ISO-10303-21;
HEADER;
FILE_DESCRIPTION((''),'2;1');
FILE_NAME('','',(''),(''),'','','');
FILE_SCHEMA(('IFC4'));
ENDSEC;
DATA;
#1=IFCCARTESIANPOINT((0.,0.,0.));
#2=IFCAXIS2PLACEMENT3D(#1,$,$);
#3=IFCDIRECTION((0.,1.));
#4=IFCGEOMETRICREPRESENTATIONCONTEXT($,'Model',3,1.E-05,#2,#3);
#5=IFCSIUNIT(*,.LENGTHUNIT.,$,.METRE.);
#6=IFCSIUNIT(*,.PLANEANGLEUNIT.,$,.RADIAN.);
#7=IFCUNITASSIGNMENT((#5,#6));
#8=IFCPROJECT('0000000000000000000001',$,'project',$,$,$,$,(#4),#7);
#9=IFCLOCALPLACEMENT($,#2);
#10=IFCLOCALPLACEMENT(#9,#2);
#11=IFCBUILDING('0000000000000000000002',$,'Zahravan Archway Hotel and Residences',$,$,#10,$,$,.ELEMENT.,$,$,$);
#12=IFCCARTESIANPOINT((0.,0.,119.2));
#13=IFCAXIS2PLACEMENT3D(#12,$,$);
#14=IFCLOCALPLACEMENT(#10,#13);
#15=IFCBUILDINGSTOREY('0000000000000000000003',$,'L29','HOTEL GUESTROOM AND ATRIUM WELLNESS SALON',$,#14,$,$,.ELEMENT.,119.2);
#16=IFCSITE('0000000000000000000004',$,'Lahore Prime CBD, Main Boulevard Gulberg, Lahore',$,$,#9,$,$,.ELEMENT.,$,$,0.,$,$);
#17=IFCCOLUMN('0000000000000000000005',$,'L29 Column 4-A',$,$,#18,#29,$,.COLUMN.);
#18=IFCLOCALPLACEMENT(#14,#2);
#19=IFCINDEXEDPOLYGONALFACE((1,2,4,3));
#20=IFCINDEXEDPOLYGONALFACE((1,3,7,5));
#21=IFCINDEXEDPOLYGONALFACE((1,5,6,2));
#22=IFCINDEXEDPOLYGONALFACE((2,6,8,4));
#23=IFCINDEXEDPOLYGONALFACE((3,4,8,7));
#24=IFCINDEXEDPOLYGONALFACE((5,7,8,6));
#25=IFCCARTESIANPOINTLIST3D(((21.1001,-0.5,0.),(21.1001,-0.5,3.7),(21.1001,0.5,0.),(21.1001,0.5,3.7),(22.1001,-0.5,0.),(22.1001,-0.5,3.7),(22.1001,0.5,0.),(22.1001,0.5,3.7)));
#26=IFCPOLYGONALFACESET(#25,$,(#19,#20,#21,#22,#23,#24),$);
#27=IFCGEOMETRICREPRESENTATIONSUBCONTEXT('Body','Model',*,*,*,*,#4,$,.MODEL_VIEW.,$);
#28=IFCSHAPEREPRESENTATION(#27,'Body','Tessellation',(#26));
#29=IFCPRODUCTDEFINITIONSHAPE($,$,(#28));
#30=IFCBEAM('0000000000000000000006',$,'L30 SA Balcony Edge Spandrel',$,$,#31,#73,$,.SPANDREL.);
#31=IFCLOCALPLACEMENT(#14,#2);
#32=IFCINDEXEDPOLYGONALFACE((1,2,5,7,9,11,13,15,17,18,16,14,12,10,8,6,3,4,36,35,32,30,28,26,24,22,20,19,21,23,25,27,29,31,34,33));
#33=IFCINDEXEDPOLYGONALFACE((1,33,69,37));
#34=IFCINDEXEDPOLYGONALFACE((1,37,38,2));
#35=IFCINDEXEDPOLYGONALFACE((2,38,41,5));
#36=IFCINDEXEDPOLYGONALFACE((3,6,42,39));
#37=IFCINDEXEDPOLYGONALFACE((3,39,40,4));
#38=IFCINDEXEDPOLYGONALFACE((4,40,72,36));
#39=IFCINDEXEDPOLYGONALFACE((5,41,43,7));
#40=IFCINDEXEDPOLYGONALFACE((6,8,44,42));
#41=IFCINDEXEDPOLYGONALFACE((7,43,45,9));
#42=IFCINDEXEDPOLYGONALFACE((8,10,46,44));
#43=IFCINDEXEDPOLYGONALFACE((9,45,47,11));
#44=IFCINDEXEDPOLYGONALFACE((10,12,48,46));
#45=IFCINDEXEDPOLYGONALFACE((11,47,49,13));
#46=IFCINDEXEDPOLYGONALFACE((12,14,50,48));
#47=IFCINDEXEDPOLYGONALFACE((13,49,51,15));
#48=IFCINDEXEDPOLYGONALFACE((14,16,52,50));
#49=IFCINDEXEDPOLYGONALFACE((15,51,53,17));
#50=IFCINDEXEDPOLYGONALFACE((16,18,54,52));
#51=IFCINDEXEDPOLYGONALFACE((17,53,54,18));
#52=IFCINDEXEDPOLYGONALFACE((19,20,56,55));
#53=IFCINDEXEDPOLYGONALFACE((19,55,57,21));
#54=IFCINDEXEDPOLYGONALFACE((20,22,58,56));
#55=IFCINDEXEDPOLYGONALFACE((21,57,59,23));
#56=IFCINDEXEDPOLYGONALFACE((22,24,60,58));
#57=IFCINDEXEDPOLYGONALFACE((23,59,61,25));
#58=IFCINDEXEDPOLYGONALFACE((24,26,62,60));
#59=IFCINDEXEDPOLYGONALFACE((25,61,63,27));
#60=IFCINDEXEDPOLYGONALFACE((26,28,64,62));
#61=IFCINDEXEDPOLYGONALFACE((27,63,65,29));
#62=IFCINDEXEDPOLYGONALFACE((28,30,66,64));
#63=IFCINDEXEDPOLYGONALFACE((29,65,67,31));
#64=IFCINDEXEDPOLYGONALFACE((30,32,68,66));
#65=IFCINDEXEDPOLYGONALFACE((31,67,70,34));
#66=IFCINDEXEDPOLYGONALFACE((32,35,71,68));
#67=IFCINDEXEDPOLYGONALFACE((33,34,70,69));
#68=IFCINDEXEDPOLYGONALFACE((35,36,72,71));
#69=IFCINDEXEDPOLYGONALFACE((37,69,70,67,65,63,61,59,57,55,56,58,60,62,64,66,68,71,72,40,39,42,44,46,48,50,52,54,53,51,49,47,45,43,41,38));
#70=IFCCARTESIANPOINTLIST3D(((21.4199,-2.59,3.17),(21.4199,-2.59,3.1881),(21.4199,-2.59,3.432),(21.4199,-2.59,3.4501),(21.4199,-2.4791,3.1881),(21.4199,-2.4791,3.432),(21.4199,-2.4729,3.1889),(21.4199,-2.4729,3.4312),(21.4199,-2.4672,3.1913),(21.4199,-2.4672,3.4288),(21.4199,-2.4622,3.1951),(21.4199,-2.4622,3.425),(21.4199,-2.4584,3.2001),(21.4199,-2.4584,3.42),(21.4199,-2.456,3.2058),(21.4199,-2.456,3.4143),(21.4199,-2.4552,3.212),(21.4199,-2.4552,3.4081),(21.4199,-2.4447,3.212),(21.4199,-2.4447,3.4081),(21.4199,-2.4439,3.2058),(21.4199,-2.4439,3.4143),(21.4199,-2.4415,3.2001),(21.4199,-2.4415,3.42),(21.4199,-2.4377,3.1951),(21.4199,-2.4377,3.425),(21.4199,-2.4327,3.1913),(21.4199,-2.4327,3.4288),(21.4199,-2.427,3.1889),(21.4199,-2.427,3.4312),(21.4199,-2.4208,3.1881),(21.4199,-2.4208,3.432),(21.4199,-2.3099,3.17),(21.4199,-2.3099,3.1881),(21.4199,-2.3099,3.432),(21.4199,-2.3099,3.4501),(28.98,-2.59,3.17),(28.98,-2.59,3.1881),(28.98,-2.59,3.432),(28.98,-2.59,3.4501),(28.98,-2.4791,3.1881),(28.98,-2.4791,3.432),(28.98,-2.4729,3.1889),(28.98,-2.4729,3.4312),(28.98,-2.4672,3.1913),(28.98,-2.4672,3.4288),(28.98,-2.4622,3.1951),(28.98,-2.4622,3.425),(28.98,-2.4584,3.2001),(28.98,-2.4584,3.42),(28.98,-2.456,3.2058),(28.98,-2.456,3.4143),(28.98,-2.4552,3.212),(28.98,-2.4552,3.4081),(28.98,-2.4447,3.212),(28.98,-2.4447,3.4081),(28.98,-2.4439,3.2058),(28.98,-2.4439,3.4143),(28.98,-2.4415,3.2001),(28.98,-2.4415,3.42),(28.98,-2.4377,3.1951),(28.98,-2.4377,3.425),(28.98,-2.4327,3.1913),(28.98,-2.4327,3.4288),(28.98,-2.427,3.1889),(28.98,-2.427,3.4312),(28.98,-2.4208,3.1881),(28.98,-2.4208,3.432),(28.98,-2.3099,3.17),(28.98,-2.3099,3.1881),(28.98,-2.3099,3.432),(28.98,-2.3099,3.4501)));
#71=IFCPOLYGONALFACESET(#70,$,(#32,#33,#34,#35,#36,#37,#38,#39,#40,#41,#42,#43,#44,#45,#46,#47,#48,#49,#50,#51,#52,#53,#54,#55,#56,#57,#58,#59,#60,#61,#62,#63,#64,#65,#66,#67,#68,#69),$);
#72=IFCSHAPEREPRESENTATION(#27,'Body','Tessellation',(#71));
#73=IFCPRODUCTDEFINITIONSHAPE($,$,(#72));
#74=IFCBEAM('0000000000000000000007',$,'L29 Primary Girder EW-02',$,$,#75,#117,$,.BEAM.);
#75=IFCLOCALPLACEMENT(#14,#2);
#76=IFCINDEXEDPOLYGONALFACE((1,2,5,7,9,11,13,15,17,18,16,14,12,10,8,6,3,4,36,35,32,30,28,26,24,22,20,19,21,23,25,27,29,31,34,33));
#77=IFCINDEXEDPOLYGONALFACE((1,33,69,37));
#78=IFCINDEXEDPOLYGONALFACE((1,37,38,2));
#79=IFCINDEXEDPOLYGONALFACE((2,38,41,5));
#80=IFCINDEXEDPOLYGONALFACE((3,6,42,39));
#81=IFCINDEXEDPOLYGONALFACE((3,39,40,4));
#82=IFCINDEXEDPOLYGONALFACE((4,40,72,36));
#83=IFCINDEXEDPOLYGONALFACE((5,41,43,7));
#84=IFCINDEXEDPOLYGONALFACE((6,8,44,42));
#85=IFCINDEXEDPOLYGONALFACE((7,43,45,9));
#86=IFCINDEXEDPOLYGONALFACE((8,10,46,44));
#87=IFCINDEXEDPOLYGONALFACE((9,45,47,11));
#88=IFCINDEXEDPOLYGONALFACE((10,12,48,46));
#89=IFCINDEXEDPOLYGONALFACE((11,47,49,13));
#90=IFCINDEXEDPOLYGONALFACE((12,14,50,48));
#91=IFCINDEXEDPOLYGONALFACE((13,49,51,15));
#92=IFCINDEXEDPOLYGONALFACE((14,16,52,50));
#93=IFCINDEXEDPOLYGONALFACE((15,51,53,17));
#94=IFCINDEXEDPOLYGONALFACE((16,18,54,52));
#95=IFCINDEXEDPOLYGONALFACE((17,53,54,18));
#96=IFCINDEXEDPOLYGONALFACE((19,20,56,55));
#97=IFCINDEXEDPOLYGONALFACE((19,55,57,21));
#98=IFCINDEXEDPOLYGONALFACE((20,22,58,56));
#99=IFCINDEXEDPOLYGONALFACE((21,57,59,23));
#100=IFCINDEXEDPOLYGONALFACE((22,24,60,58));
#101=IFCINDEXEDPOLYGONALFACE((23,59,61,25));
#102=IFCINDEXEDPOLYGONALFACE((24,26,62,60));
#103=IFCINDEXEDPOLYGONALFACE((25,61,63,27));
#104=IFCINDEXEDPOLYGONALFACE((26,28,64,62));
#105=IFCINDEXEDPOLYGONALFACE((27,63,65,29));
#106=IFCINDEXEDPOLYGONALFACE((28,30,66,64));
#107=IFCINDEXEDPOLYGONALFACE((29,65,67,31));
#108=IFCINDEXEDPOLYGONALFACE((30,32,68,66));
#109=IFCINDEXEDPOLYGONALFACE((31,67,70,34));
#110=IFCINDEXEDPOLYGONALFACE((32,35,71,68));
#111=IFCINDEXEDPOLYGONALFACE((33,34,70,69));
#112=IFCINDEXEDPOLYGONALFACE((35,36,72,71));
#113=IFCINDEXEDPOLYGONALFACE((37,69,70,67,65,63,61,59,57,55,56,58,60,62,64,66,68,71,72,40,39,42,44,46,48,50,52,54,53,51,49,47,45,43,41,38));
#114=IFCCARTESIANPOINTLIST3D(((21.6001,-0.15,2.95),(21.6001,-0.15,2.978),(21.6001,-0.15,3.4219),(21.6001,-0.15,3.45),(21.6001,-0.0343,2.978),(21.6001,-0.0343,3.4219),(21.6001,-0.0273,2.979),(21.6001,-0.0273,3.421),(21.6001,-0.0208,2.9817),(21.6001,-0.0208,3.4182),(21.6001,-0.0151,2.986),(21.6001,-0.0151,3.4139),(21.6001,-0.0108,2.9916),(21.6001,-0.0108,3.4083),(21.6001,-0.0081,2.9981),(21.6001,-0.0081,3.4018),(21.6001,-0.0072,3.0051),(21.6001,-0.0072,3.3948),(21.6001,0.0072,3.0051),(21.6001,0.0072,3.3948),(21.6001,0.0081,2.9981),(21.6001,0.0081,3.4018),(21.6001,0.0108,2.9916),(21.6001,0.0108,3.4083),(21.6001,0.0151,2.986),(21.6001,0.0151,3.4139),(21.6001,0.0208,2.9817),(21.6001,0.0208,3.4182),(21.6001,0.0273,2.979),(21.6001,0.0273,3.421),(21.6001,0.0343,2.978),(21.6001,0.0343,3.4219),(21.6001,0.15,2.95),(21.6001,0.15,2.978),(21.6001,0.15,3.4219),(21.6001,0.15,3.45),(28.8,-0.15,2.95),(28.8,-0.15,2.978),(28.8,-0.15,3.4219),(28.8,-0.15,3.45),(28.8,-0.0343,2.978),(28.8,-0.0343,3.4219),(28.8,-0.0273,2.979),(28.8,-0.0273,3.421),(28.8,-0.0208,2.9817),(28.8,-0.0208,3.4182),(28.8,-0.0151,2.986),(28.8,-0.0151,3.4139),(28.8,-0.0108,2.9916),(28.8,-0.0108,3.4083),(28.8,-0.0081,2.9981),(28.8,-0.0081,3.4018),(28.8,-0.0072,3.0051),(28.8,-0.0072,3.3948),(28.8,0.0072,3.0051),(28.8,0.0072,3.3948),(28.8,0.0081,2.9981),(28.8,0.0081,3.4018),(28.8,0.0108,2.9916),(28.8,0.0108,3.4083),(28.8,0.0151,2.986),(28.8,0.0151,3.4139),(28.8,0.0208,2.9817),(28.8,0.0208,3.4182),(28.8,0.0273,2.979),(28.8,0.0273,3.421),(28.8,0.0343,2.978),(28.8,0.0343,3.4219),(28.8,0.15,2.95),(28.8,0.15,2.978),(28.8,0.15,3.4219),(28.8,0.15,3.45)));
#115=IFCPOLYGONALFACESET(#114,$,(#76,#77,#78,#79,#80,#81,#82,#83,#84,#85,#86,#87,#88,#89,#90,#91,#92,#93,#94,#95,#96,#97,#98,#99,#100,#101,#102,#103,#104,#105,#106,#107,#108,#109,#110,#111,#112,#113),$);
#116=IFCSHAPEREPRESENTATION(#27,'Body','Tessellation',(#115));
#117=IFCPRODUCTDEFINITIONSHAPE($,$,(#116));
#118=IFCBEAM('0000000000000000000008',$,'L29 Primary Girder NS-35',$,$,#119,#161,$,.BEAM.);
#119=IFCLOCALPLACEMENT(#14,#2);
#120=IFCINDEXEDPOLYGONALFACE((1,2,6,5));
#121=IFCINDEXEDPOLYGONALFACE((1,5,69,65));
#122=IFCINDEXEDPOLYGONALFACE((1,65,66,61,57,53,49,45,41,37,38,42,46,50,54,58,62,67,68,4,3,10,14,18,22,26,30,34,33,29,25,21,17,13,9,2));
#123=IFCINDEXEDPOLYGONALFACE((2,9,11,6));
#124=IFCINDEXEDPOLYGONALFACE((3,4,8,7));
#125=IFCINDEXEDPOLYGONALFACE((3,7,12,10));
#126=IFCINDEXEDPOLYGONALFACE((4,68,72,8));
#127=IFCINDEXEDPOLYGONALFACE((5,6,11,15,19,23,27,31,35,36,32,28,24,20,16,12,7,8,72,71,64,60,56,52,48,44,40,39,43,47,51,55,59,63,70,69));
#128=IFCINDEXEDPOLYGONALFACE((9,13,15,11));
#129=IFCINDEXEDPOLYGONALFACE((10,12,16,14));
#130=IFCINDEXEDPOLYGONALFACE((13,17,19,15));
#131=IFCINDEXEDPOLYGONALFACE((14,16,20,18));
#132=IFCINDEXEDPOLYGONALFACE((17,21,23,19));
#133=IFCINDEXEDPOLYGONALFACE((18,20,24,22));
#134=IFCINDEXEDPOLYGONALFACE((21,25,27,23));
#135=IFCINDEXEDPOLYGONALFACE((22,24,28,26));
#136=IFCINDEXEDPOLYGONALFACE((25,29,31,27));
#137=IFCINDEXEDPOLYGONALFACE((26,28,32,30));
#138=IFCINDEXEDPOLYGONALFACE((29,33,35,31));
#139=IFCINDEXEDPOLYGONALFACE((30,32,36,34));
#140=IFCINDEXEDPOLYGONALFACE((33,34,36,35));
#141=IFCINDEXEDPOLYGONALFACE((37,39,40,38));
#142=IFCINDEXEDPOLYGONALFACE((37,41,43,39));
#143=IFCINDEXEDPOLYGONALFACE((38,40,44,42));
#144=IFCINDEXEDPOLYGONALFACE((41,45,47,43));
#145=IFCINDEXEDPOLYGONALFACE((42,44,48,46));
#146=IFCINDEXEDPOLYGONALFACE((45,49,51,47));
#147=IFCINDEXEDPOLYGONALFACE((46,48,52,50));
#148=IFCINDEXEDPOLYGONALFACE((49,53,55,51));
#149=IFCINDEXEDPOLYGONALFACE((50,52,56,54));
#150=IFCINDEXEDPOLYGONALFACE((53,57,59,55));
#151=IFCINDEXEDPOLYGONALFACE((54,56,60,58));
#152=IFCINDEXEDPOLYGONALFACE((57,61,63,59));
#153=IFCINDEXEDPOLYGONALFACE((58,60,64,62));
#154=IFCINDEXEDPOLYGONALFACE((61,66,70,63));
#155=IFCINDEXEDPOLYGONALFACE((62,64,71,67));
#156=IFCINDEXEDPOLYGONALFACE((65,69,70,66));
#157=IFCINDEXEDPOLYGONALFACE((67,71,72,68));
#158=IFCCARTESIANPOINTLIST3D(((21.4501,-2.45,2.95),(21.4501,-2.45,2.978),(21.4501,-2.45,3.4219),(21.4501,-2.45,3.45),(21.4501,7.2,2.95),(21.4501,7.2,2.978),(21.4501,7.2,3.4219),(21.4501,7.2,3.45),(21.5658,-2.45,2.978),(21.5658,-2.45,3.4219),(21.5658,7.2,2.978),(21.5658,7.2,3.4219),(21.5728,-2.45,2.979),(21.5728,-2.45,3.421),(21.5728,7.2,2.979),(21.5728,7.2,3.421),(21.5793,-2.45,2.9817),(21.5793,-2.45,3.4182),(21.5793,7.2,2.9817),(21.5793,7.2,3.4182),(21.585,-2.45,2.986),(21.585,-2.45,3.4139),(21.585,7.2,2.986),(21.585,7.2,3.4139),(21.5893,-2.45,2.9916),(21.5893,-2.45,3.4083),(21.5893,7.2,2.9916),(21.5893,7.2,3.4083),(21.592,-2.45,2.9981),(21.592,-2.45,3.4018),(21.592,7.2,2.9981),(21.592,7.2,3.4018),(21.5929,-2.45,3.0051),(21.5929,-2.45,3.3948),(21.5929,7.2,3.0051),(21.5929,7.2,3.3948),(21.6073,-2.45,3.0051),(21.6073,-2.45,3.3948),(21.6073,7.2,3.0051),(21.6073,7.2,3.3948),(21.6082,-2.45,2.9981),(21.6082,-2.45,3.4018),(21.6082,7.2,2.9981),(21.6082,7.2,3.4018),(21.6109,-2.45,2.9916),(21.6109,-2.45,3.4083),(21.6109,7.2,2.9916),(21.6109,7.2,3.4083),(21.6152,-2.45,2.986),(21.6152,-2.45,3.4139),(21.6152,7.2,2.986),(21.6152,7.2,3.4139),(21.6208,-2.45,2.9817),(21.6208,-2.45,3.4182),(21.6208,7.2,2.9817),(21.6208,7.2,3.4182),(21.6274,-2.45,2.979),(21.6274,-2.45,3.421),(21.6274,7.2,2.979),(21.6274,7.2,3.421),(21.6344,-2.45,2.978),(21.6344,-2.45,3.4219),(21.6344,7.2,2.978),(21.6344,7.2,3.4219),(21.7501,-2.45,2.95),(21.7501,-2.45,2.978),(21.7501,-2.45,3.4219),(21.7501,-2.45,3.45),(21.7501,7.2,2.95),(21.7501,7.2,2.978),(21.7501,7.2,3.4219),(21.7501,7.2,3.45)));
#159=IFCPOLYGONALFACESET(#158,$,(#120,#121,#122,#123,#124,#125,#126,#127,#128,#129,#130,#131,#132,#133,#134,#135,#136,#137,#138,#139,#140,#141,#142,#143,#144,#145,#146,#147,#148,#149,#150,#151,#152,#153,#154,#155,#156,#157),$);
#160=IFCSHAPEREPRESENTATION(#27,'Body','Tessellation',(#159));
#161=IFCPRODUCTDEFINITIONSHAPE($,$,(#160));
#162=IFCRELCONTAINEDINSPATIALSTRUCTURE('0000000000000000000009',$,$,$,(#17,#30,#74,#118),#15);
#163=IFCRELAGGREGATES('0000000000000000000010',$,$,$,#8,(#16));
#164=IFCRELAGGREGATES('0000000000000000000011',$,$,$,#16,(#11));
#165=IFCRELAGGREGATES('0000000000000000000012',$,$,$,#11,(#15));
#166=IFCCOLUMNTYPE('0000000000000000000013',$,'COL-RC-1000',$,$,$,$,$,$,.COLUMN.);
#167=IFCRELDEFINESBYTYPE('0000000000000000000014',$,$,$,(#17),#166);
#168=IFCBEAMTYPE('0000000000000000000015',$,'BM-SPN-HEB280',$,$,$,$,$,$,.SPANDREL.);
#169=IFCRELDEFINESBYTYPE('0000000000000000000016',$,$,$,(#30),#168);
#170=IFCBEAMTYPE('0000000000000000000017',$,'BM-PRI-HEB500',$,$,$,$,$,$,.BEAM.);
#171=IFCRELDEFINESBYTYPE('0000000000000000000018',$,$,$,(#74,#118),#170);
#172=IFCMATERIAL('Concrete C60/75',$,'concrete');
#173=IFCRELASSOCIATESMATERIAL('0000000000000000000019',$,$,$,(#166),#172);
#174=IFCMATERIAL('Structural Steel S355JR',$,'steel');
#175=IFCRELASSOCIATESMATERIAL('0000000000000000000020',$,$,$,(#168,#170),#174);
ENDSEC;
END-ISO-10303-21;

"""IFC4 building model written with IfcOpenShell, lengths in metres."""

from ifc_helpers import new_model, si_unit, direction, frame, origin, origin_2d, place, context, subcontext, project, spatial, rectangle, i_section, extrude, source, transform, mapped, material, material_profile, profile_set, type_object, type_shapes, element, save


model = new_model("IFC4")

# Units and contexts
model_context = context("Model", 3, precision=1e-05, world=origin(), true_north=direction((0.0, 1.0)))
body_context = subcontext(model_context, "Body", "Model", "MODEL_VIEW")
ifc_project = project(units=[si_unit("LENGTHUNIT", "METRE"), si_unit("PLANEANGLEUNIT", "RADIAN")], contexts=[model_context])

# Site, building, storey
site_placement = place(None, origin())
site = spatial("IfcSite", under=ifc_project, at=site_placement, Name="Lahore Prime CBD, Main Boulevard Gulberg, Lahore", CompositionType="ELEMENT", RefElevation=0.0)
building_placement = place(site_placement, origin())
building = spatial("IfcBuilding", under=site, at=building_placement, Name="Zahravan Archway Hotel and Residences", CompositionType="ELEMENT")
storey_placement = place(building_placement, frame((0.0, 0.0, 119.2)))
storey = spatial("IfcBuildingStorey", under=building, at=storey_placement, Name="L29", Description="HOTEL GUESTROOM AND ATRIUM WELLNESS SALON", CompositionType="ELEMENT", Elevation=119.2)

# Column
ifc_material_1 = material(Name="Concrete C60/75", Category="concrete")
ifc_material_profile_1 = material_profile(ifc_material_1, rectangle(XDim=1.0, YDim=1.0, at=origin_2d()), Name="RC-COL-1000x1000", Category="concrete")
ifc_profile_set_1 = profile_set([ifc_material_profile_1], Name="Concrete C60/75")
column_type = type_object("IfcColumnType", Name="COL-RC-1000", PredefinedType="COLUMN", material=ifc_profile_set_1)
shared_shape_1 = source(origin(), body_context, "Body", "SweptSolid", [
    extrude(rectangle(XDim=1.0, YDim=1.0, at=origin_2d()), origin(), (0.0, 0.0, 1.0), 3.7),
])
type_shapes(column_type, [shared_shape_1])
column_placement = place(storey_placement, frame((21.6001, 0.0, 0.0), z_axis=(0.0, 0.0, 1.0), x_axis=(1.0, 0.0, 0.0)))
element("IfcColumn", 1, at=column_placement, inside=storey, type_object=column_type, Name="L29 Column 4-A", PredefinedType="COLUMN", context=body_context, shape_type="MappedRepresentation", body=[
    mapped(shared_shape_1, transform((0.0, 0.0, 0.0), scale=1.0)),
])

# Beams
ifc_material_2 = material(Name="Structural Steel S355JR", Category="steel")
ifc_material_profile_2 = material_profile(ifc_material_2, i_section(OverallWidth=0.28, OverallDepth=0.28, WebThickness=0.0105, FlangeThickness=0.0181, FilletRadius=0.0239, at=origin_2d()), Name="HEB 280", Category="steel")
ifc_profile_set_2 = profile_set([ifc_material_profile_2], Name="Structural Steel S355JR")
beam_type_1 = type_object("IfcBeamType", Name="BM-SPN-HEB280", PredefinedType="SPANDREL", material=ifc_profile_set_2)
shared_shape_2 = source(origin(), body_context, "Body", "SweptSolid", [
    extrude(i_section(OverallWidth=0.28, OverallDepth=0.28, WebThickness=0.0105, FlangeThickness=0.0181, FilletRadius=0.0239, at=origin_2d()), origin(), (0.0, 0.0, 1.0), 7.5601),
])
type_shapes(beam_type_1, [shared_shape_2])
beam_1_placement = place(storey_placement, frame((21.4199, -2.45, 3.3101), z_axis=(1.0, 0.0, 0.0), x_axis=(0.0, 1.0, 0.0)))
element("IfcBeam", 2, at=beam_1_placement, inside=storey, type_object=beam_type_1, Name="L30 SA Balcony Edge Spandrel", PredefinedType="SPANDREL", context=body_context, shape_type="MappedRepresentation", body=[
    mapped(shared_shape_2, transform((0.0, 0.0, 0.0), scale=1.0)),
])
ifc_material_profile_3 = material_profile(ifc_material_2, i_section(OverallWidth=0.3, OverallDepth=0.5, WebThickness=0.0144, FlangeThickness=0.0281, FilletRadius=0.0271, at=origin_2d()), Name="HEB 500", Category="steel")
ifc_profile_set_3 = profile_set([ifc_material_profile_3], Name="Structural Steel S355JR")
beam_type_2 = type_object("IfcBeamType", Name="BM-PRI-HEB500", PredefinedType="BEAM", material=ifc_profile_set_3)
shared_shape_3 = source(origin(), body_context, "Body", "SweptSolid", [
    extrude(i_section(OverallWidth=0.3, OverallDepth=0.5, WebThickness=0.0144, FlangeThickness=0.0281, FilletRadius=0.0271, at=origin_2d()), origin(), (0.0, 0.0, 1.0), 7.2),
])
beam_2_placement = place(storey_placement, frame((21.6001, 0.0, 3.2), z_axis=(1.0, 0.0, 0.0), x_axis=(0.0, 1.0, 0.0)))
element("IfcBeam", 3, at=beam_2_placement, inside=storey, type_object=beam_type_2, Name="L29 Primary Girder EW-02", PredefinedType="BEAM", context=body_context, shape_type="MappedRepresentation", body=[
    mapped(shared_shape_3, transform((0.0, 0.0, 0.0), scale=1.0)),
])
shared_shape_4 = source(origin(), body_context, "Body", "SweptSolid", [
    extrude(i_section(OverallWidth=0.3, OverallDepth=0.5, WebThickness=0.0144, FlangeThickness=0.0281, FilletRadius=0.0271, at=origin_2d()), origin(), (0.0, 0.0, 1.0), 9.6499),
])
beam_3_placement = place(storey_placement, frame((21.6001, -2.45, 3.2), z_axis=(0.0, 1.0, 0.0), x_axis=(-1.0, 0.0, 0.0)))
element("IfcBeam", 4, at=beam_3_placement, inside=storey, type_object=beam_type_2, Name="L29 Primary Girder NS-35", PredefinedType="BEAM", context=body_context, shape_type="MappedRepresentation", body=[
    mapped(shared_shape_4, transform((0.0, 0.0, 0.0), scale=1.0)),
])

save(model, "model.ifc")
